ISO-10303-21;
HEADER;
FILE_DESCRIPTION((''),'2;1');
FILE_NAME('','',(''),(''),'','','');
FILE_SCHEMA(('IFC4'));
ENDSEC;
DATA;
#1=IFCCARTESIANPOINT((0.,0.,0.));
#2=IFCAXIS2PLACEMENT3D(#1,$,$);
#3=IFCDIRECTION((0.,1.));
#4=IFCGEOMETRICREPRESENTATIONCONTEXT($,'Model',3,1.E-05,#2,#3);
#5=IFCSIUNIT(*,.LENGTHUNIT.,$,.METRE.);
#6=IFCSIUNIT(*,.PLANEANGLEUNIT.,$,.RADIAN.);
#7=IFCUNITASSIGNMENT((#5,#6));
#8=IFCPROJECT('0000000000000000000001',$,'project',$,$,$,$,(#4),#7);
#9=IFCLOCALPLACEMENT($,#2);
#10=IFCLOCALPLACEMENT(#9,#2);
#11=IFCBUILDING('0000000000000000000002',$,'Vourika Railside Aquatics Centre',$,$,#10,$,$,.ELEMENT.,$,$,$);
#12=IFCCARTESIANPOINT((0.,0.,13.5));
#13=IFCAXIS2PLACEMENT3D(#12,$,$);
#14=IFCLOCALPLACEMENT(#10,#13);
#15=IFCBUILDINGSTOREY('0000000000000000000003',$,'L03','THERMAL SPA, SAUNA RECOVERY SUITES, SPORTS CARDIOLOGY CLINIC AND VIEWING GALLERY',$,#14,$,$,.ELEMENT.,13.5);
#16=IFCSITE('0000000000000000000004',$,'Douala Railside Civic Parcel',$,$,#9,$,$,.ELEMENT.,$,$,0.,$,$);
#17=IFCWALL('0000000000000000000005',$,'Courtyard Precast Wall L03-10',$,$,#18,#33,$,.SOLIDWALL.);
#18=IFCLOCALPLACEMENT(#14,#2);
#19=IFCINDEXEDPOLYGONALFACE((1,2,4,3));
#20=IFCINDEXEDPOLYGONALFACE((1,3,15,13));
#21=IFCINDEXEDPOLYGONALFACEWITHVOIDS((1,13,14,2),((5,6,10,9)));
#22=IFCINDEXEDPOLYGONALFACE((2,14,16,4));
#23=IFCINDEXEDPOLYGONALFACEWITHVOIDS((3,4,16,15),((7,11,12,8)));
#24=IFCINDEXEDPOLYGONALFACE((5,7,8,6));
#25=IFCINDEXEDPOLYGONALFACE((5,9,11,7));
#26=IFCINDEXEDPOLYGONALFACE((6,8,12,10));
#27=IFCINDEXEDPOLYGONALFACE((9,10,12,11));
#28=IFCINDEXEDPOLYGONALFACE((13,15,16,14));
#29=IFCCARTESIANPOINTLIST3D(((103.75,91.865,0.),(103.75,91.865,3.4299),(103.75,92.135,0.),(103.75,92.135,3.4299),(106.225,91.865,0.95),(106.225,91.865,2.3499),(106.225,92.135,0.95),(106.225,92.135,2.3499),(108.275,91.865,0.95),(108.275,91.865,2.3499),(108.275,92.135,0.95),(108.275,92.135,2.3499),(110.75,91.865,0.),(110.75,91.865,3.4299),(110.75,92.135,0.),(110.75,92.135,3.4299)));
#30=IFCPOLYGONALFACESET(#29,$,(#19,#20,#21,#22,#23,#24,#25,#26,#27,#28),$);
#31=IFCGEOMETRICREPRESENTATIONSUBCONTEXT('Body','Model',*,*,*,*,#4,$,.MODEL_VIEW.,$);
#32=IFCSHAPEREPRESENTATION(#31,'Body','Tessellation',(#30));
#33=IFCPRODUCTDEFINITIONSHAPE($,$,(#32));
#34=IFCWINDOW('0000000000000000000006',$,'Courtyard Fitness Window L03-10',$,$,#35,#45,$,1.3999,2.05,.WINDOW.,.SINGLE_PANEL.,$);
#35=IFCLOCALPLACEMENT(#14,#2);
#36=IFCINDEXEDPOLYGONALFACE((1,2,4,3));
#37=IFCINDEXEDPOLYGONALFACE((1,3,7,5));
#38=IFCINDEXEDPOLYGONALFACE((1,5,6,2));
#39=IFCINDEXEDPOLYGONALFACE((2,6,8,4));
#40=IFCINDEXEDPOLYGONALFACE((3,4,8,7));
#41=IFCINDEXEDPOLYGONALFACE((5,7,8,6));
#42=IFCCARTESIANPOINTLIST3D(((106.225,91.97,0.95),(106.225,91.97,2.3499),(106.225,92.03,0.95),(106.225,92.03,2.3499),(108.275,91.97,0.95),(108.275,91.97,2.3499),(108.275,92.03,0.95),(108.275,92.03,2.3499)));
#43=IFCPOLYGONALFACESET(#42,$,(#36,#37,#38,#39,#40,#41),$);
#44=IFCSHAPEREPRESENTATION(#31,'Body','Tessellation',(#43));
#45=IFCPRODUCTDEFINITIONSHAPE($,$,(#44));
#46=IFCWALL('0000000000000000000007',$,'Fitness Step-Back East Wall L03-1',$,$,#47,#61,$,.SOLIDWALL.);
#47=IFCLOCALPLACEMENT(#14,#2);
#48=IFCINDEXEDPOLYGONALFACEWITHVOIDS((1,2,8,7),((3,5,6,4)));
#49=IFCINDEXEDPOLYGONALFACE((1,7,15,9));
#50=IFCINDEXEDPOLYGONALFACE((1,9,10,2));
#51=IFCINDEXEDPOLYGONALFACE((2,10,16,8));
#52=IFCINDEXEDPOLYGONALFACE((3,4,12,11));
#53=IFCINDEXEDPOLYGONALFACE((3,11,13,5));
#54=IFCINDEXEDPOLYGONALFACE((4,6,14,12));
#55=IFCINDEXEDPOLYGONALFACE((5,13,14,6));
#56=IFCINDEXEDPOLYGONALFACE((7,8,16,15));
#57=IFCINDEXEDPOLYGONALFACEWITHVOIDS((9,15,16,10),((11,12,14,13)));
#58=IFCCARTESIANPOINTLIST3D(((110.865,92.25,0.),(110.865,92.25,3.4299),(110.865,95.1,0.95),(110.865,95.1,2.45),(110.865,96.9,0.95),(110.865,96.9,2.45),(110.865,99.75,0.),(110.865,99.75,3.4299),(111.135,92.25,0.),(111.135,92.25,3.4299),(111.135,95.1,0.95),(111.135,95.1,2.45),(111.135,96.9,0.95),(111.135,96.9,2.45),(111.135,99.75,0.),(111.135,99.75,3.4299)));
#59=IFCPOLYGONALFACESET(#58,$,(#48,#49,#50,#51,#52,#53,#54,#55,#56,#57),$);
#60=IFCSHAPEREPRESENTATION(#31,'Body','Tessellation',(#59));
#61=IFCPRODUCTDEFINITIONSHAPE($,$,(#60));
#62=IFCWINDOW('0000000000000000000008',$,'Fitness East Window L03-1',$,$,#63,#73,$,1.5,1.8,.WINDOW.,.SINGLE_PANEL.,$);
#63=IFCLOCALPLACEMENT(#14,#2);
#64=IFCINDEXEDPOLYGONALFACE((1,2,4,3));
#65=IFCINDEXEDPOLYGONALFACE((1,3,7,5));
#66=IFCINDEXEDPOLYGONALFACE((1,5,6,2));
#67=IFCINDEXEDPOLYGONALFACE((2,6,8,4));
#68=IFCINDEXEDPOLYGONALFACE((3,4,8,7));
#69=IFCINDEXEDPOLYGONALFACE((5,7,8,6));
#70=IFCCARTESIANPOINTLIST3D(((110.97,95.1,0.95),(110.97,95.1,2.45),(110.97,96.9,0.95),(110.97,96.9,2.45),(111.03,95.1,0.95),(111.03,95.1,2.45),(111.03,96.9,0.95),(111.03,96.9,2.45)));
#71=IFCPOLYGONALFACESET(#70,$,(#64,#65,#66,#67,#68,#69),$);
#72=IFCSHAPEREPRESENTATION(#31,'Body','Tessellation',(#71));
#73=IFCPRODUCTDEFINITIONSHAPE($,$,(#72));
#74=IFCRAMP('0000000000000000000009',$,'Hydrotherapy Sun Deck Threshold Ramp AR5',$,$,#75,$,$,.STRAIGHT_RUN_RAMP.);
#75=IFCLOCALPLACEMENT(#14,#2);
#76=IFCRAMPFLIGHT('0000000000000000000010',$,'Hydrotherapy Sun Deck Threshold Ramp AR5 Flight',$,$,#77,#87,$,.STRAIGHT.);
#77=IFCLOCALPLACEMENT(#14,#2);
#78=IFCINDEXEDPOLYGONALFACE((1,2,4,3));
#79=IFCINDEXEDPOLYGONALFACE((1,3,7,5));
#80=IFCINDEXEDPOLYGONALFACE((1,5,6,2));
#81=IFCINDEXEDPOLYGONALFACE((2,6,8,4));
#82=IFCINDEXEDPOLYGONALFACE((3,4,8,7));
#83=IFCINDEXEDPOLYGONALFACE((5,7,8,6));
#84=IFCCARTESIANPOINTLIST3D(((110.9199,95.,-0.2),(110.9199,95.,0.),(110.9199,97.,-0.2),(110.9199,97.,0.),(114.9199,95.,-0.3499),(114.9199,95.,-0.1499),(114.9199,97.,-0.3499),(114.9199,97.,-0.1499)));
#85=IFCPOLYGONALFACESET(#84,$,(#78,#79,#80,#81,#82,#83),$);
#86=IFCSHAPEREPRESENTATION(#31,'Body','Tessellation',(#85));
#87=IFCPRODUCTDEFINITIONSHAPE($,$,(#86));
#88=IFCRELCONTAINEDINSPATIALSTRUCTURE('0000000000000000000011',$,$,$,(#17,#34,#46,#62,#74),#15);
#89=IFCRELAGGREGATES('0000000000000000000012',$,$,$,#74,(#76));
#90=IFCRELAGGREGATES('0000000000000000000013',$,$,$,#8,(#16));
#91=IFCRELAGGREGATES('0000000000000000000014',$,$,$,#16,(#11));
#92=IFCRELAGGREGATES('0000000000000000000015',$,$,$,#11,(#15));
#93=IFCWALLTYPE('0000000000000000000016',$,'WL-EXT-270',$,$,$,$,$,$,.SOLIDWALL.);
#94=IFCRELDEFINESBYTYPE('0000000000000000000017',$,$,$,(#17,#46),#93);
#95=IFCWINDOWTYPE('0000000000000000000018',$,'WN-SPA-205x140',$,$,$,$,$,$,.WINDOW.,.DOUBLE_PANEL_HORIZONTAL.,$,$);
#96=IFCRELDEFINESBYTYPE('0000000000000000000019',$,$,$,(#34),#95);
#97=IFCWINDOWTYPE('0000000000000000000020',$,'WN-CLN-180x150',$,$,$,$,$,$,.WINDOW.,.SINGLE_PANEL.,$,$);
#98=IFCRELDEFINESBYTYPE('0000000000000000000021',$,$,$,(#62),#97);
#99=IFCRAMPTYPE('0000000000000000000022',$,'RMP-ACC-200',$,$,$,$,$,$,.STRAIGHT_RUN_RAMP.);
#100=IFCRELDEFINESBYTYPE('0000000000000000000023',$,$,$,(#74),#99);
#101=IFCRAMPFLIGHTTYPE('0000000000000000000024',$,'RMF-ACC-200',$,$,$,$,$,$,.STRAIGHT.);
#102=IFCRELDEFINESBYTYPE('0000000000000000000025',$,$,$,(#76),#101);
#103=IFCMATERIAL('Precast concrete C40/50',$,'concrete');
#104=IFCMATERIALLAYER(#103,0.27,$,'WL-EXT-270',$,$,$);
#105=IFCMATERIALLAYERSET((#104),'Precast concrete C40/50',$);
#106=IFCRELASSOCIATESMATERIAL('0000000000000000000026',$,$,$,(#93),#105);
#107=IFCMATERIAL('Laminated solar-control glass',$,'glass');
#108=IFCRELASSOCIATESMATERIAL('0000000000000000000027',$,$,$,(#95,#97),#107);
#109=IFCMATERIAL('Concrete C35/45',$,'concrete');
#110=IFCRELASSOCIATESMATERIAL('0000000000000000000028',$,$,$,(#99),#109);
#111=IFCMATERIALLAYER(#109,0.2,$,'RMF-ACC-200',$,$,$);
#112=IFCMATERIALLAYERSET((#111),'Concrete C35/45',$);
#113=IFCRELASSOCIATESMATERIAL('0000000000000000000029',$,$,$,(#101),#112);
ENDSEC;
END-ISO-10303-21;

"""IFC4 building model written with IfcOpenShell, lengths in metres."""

from ifc_helpers import new_model, si_unit, direction, frame, frame_2d, origin, place, context, subcontext, project, spatial, polyline, rectangle, outline, extrude, material, layer, layer_set, type_object, element, fill, aggregate, save


model = new_model("IFC4")

# Units and contexts
model_context = context("Model", 3, precision=1e-05, world=origin(), true_north=direction((0.0, 1.0)))
body_context = subcontext(model_context, "Body", "Model", "MODEL_VIEW")
ifc_project = project(units=[si_unit("LENGTHUNIT", "METRE"), si_unit("PLANEANGLEUNIT", "RADIAN")], contexts=[model_context])

# Site, building, storey
site_placement = place(None, origin())
site = spatial("IfcSite", under=ifc_project, at=site_placement, Name="Douala Railside Civic Parcel", CompositionType="ELEMENT", RefElevation=0.0)
building_placement = place(site_placement, origin())
building = spatial("IfcBuilding", under=site, at=building_placement, Name="Vourika Railside Aquatics Centre", CompositionType="ELEMENT")
storey_placement = place(building_placement, frame((0.0, 0.0, 13.5)))
storey = spatial("IfcBuildingStorey", under=building, at=storey_placement, Name="L03", Description="THERMAL SPA, SAUNA RECOVERY SUITES, SPORTS CARDIOLOGY CLINIC AND VIEWING GALLERY", CompositionType="ELEMENT", Elevation=13.5)

# Shared definitions
ifc_material_1 = material(Name="Concrete C35/45", Category="concrete")

# Walls, openings, windows
ifc_material_2 = material(Name="Precast concrete C40/50", Category="concrete")
ifc_layer_1 = layer(ifc_material_2, 0.27, Name="WL-EXT-270")
ifc_layer_set_1 = layer_set([ifc_layer_1], Name="Precast concrete C40/50")
wall_type = type_object("IfcWallType", Name="WL-EXT-270", PredefinedType="SOLIDWALL", material=ifc_layer_set_1)
wall_1_placement = place(storey_placement, frame((103.75, 92.0, 0.0), z_axis=(0.0, 0.0, 1.0), x_axis=(1.0, 0.0, 0.0)))
wall_1 = element("IfcWall", 1, at=wall_1_placement, inside=storey, type_object=wall_type, Name="Courtyard Precast Wall L03-10", PredefinedType="SOLIDWALL", context=body_context, shape_type="SweptSolid", body=[
    extrude(rectangle(XDim=7.0, YDim=0.27, at=frame_2d((3.5, 0.0))), origin(), (0.0, 0.0, 1.0), 3.4299),
])
opening_1_placement = place(wall_1_placement, frame((2.4751, 0.0, 0.95)))
opening_1 = element("IfcOpeningElement", 2, at=opening_1_placement, cuts=wall_1, PredefinedType="OPENING", context=body_context, shape_type="SweptSolid", body=[
    extrude(rectangle(XDim=2.05, YDim=1.3999, at=frame_2d((1.0249, 0.7))), frame((0.0, 0.145, 0.0), z_axis=(0.0, -1.0, 0.0), x_axis=(1.0, 0.0, 0.0)), (0.0, 0.0, 1.0), 0.29),
])
ifc_material_3 = material(Name="Laminated solar-control glass", Category="glass")
window_type_1 = type_object("IfcWindowType", Name="WN-SPA-205x140", PartitioningType="DOUBLE_PANEL_HORIZONTAL", PredefinedType="WINDOW", material=ifc_material_3)
window_1_placement = place(opening_1_placement, origin())
window_1 = element("IfcWindow", 3, at=window_1_placement, inside=storey, type_object=window_type_1, Name="Courtyard Fitness Window L03-10", OverallHeight=1.3999, OverallWidth=2.05, PartitioningType="SINGLE_PANEL", PredefinedType="WINDOW", context=body_context, shape_type="SweptSolid", body=[
    extrude(rectangle(XDim=2.05, YDim=1.3999, at=frame_2d((1.0249, 0.7))), frame((0.0, 0.03, 0.0), z_axis=(0.0, -1.0, 0.0), x_axis=(1.0, 0.0, 0.0)), (0.0, 0.0, 1.0), 0.0601),
])
fill(opening_1, window_1)
wall_2_placement = place(storey_placement, frame((111.0, 92.25, 0.0), z_axis=(0.0, 0.0, 1.0), x_axis=(0.0, 1.0, 0.0)))
wall_2 = element("IfcWall", 4, at=wall_2_placement, inside=storey, type_object=wall_type, Name="Fitness Step-Back East Wall L03-1", PredefinedType="SOLIDWALL", context=body_context, shape_type="SweptSolid", body=[
    extrude(rectangle(XDim=7.5, YDim=0.27, at=frame_2d((3.75, 0.0))), origin(), (0.0, 0.0, 1.0), 3.4299),
])
opening_2_placement = place(wall_2_placement, frame((2.8501, 0.0, 0.95)))
opening_2 = element("IfcOpeningElement", 5, at=opening_2_placement, cuts=wall_2, PredefinedType="OPENING", context=body_context, shape_type="SweptSolid", body=[
    extrude(rectangle(XDim=1.8, YDim=1.5, at=frame_2d((0.8999, 0.75))), frame((0.0, 0.145, 0.0), z_axis=(0.0, -1.0, 0.0), x_axis=(1.0, 0.0, 0.0)), (0.0, 0.0, 1.0), 0.29),
])
window_type_2 = type_object("IfcWindowType", Name="WN-CLN-180x150", PartitioningType="SINGLE_PANEL", PredefinedType="WINDOW", material=ifc_material_3)
window_2_placement = place(opening_2_placement, origin())
window_2 = element("IfcWindow", 6, at=window_2_placement, inside=storey, type_object=window_type_2, Name="Fitness East Window L03-1", OverallHeight=1.5, OverallWidth=1.8, PartitioningType="SINGLE_PANEL", PredefinedType="WINDOW", context=body_context, shape_type="SweptSolid", body=[
    extrude(rectangle(XDim=1.8, YDim=1.5, at=frame_2d((0.8999, 0.75))), frame((0.0, 0.03, 0.0), z_axis=(0.0, -1.0, 0.0), x_axis=(1.0, 0.0, 0.0)), (0.0, 0.0, 1.0), 0.0601),
])
fill(opening_2, window_2)

# Ramp, ramp flight
ramp_type = type_object("IfcRampType", Name="RMP-ACC-200", PredefinedType="STRAIGHT_RUN_RAMP", material=ifc_material_1)
ramp_placement = place(storey_placement, origin())
ramp = element("IfcRamp", 7, at=ramp_placement, inside=storey, type_object=ramp_type, Name="Hydrotherapy Sun Deck Threshold Ramp AR5", PredefinedType="STRAIGHT_RUN_RAMP")
ifc_layer_2 = layer(ifc_material_1, 0.2, Name="RMF-ACC-200")
ifc_layer_set_2 = layer_set([ifc_layer_2], Name="Concrete C35/45")
ramp_flight_type = type_object("IfcRampFlightType", Name="RMF-ACC-200", PredefinedType="STRAIGHT", material=ifc_layer_set_2)
ramp_flight_placement = place(storey_placement, frame((110.9199, 96.0, 0.0), z_axis=(0.0, 0.0, 1.0), x_axis=(1.0, 0.0, 0.0)))
ramp_flight = element("IfcRampFlight", 8, at=ramp_flight_placement, type_object=ramp_flight_type, Name="Hydrotherapy Sun Deck Threshold Ramp AR5 Flight", PredefinedType="STRAIGHT", context=body_context, shape_type="SweptSolid", body=[
    extrude(outline(polyline([(0.0, 0.0), (4.0, -0.1499), (4.0, -0.3499), (0.0, -0.2), (0.0, 0.0)])), frame((0.0, 1.0, 0.0), z_axis=(0.0, -1.0, 0.0), x_axis=(1.0, 0.0, 0.0)), (0.0, 0.0, 1.0), 2.0),
])
aggregate(ramp, [ramp_flight])

save(model, "model.ifc")
